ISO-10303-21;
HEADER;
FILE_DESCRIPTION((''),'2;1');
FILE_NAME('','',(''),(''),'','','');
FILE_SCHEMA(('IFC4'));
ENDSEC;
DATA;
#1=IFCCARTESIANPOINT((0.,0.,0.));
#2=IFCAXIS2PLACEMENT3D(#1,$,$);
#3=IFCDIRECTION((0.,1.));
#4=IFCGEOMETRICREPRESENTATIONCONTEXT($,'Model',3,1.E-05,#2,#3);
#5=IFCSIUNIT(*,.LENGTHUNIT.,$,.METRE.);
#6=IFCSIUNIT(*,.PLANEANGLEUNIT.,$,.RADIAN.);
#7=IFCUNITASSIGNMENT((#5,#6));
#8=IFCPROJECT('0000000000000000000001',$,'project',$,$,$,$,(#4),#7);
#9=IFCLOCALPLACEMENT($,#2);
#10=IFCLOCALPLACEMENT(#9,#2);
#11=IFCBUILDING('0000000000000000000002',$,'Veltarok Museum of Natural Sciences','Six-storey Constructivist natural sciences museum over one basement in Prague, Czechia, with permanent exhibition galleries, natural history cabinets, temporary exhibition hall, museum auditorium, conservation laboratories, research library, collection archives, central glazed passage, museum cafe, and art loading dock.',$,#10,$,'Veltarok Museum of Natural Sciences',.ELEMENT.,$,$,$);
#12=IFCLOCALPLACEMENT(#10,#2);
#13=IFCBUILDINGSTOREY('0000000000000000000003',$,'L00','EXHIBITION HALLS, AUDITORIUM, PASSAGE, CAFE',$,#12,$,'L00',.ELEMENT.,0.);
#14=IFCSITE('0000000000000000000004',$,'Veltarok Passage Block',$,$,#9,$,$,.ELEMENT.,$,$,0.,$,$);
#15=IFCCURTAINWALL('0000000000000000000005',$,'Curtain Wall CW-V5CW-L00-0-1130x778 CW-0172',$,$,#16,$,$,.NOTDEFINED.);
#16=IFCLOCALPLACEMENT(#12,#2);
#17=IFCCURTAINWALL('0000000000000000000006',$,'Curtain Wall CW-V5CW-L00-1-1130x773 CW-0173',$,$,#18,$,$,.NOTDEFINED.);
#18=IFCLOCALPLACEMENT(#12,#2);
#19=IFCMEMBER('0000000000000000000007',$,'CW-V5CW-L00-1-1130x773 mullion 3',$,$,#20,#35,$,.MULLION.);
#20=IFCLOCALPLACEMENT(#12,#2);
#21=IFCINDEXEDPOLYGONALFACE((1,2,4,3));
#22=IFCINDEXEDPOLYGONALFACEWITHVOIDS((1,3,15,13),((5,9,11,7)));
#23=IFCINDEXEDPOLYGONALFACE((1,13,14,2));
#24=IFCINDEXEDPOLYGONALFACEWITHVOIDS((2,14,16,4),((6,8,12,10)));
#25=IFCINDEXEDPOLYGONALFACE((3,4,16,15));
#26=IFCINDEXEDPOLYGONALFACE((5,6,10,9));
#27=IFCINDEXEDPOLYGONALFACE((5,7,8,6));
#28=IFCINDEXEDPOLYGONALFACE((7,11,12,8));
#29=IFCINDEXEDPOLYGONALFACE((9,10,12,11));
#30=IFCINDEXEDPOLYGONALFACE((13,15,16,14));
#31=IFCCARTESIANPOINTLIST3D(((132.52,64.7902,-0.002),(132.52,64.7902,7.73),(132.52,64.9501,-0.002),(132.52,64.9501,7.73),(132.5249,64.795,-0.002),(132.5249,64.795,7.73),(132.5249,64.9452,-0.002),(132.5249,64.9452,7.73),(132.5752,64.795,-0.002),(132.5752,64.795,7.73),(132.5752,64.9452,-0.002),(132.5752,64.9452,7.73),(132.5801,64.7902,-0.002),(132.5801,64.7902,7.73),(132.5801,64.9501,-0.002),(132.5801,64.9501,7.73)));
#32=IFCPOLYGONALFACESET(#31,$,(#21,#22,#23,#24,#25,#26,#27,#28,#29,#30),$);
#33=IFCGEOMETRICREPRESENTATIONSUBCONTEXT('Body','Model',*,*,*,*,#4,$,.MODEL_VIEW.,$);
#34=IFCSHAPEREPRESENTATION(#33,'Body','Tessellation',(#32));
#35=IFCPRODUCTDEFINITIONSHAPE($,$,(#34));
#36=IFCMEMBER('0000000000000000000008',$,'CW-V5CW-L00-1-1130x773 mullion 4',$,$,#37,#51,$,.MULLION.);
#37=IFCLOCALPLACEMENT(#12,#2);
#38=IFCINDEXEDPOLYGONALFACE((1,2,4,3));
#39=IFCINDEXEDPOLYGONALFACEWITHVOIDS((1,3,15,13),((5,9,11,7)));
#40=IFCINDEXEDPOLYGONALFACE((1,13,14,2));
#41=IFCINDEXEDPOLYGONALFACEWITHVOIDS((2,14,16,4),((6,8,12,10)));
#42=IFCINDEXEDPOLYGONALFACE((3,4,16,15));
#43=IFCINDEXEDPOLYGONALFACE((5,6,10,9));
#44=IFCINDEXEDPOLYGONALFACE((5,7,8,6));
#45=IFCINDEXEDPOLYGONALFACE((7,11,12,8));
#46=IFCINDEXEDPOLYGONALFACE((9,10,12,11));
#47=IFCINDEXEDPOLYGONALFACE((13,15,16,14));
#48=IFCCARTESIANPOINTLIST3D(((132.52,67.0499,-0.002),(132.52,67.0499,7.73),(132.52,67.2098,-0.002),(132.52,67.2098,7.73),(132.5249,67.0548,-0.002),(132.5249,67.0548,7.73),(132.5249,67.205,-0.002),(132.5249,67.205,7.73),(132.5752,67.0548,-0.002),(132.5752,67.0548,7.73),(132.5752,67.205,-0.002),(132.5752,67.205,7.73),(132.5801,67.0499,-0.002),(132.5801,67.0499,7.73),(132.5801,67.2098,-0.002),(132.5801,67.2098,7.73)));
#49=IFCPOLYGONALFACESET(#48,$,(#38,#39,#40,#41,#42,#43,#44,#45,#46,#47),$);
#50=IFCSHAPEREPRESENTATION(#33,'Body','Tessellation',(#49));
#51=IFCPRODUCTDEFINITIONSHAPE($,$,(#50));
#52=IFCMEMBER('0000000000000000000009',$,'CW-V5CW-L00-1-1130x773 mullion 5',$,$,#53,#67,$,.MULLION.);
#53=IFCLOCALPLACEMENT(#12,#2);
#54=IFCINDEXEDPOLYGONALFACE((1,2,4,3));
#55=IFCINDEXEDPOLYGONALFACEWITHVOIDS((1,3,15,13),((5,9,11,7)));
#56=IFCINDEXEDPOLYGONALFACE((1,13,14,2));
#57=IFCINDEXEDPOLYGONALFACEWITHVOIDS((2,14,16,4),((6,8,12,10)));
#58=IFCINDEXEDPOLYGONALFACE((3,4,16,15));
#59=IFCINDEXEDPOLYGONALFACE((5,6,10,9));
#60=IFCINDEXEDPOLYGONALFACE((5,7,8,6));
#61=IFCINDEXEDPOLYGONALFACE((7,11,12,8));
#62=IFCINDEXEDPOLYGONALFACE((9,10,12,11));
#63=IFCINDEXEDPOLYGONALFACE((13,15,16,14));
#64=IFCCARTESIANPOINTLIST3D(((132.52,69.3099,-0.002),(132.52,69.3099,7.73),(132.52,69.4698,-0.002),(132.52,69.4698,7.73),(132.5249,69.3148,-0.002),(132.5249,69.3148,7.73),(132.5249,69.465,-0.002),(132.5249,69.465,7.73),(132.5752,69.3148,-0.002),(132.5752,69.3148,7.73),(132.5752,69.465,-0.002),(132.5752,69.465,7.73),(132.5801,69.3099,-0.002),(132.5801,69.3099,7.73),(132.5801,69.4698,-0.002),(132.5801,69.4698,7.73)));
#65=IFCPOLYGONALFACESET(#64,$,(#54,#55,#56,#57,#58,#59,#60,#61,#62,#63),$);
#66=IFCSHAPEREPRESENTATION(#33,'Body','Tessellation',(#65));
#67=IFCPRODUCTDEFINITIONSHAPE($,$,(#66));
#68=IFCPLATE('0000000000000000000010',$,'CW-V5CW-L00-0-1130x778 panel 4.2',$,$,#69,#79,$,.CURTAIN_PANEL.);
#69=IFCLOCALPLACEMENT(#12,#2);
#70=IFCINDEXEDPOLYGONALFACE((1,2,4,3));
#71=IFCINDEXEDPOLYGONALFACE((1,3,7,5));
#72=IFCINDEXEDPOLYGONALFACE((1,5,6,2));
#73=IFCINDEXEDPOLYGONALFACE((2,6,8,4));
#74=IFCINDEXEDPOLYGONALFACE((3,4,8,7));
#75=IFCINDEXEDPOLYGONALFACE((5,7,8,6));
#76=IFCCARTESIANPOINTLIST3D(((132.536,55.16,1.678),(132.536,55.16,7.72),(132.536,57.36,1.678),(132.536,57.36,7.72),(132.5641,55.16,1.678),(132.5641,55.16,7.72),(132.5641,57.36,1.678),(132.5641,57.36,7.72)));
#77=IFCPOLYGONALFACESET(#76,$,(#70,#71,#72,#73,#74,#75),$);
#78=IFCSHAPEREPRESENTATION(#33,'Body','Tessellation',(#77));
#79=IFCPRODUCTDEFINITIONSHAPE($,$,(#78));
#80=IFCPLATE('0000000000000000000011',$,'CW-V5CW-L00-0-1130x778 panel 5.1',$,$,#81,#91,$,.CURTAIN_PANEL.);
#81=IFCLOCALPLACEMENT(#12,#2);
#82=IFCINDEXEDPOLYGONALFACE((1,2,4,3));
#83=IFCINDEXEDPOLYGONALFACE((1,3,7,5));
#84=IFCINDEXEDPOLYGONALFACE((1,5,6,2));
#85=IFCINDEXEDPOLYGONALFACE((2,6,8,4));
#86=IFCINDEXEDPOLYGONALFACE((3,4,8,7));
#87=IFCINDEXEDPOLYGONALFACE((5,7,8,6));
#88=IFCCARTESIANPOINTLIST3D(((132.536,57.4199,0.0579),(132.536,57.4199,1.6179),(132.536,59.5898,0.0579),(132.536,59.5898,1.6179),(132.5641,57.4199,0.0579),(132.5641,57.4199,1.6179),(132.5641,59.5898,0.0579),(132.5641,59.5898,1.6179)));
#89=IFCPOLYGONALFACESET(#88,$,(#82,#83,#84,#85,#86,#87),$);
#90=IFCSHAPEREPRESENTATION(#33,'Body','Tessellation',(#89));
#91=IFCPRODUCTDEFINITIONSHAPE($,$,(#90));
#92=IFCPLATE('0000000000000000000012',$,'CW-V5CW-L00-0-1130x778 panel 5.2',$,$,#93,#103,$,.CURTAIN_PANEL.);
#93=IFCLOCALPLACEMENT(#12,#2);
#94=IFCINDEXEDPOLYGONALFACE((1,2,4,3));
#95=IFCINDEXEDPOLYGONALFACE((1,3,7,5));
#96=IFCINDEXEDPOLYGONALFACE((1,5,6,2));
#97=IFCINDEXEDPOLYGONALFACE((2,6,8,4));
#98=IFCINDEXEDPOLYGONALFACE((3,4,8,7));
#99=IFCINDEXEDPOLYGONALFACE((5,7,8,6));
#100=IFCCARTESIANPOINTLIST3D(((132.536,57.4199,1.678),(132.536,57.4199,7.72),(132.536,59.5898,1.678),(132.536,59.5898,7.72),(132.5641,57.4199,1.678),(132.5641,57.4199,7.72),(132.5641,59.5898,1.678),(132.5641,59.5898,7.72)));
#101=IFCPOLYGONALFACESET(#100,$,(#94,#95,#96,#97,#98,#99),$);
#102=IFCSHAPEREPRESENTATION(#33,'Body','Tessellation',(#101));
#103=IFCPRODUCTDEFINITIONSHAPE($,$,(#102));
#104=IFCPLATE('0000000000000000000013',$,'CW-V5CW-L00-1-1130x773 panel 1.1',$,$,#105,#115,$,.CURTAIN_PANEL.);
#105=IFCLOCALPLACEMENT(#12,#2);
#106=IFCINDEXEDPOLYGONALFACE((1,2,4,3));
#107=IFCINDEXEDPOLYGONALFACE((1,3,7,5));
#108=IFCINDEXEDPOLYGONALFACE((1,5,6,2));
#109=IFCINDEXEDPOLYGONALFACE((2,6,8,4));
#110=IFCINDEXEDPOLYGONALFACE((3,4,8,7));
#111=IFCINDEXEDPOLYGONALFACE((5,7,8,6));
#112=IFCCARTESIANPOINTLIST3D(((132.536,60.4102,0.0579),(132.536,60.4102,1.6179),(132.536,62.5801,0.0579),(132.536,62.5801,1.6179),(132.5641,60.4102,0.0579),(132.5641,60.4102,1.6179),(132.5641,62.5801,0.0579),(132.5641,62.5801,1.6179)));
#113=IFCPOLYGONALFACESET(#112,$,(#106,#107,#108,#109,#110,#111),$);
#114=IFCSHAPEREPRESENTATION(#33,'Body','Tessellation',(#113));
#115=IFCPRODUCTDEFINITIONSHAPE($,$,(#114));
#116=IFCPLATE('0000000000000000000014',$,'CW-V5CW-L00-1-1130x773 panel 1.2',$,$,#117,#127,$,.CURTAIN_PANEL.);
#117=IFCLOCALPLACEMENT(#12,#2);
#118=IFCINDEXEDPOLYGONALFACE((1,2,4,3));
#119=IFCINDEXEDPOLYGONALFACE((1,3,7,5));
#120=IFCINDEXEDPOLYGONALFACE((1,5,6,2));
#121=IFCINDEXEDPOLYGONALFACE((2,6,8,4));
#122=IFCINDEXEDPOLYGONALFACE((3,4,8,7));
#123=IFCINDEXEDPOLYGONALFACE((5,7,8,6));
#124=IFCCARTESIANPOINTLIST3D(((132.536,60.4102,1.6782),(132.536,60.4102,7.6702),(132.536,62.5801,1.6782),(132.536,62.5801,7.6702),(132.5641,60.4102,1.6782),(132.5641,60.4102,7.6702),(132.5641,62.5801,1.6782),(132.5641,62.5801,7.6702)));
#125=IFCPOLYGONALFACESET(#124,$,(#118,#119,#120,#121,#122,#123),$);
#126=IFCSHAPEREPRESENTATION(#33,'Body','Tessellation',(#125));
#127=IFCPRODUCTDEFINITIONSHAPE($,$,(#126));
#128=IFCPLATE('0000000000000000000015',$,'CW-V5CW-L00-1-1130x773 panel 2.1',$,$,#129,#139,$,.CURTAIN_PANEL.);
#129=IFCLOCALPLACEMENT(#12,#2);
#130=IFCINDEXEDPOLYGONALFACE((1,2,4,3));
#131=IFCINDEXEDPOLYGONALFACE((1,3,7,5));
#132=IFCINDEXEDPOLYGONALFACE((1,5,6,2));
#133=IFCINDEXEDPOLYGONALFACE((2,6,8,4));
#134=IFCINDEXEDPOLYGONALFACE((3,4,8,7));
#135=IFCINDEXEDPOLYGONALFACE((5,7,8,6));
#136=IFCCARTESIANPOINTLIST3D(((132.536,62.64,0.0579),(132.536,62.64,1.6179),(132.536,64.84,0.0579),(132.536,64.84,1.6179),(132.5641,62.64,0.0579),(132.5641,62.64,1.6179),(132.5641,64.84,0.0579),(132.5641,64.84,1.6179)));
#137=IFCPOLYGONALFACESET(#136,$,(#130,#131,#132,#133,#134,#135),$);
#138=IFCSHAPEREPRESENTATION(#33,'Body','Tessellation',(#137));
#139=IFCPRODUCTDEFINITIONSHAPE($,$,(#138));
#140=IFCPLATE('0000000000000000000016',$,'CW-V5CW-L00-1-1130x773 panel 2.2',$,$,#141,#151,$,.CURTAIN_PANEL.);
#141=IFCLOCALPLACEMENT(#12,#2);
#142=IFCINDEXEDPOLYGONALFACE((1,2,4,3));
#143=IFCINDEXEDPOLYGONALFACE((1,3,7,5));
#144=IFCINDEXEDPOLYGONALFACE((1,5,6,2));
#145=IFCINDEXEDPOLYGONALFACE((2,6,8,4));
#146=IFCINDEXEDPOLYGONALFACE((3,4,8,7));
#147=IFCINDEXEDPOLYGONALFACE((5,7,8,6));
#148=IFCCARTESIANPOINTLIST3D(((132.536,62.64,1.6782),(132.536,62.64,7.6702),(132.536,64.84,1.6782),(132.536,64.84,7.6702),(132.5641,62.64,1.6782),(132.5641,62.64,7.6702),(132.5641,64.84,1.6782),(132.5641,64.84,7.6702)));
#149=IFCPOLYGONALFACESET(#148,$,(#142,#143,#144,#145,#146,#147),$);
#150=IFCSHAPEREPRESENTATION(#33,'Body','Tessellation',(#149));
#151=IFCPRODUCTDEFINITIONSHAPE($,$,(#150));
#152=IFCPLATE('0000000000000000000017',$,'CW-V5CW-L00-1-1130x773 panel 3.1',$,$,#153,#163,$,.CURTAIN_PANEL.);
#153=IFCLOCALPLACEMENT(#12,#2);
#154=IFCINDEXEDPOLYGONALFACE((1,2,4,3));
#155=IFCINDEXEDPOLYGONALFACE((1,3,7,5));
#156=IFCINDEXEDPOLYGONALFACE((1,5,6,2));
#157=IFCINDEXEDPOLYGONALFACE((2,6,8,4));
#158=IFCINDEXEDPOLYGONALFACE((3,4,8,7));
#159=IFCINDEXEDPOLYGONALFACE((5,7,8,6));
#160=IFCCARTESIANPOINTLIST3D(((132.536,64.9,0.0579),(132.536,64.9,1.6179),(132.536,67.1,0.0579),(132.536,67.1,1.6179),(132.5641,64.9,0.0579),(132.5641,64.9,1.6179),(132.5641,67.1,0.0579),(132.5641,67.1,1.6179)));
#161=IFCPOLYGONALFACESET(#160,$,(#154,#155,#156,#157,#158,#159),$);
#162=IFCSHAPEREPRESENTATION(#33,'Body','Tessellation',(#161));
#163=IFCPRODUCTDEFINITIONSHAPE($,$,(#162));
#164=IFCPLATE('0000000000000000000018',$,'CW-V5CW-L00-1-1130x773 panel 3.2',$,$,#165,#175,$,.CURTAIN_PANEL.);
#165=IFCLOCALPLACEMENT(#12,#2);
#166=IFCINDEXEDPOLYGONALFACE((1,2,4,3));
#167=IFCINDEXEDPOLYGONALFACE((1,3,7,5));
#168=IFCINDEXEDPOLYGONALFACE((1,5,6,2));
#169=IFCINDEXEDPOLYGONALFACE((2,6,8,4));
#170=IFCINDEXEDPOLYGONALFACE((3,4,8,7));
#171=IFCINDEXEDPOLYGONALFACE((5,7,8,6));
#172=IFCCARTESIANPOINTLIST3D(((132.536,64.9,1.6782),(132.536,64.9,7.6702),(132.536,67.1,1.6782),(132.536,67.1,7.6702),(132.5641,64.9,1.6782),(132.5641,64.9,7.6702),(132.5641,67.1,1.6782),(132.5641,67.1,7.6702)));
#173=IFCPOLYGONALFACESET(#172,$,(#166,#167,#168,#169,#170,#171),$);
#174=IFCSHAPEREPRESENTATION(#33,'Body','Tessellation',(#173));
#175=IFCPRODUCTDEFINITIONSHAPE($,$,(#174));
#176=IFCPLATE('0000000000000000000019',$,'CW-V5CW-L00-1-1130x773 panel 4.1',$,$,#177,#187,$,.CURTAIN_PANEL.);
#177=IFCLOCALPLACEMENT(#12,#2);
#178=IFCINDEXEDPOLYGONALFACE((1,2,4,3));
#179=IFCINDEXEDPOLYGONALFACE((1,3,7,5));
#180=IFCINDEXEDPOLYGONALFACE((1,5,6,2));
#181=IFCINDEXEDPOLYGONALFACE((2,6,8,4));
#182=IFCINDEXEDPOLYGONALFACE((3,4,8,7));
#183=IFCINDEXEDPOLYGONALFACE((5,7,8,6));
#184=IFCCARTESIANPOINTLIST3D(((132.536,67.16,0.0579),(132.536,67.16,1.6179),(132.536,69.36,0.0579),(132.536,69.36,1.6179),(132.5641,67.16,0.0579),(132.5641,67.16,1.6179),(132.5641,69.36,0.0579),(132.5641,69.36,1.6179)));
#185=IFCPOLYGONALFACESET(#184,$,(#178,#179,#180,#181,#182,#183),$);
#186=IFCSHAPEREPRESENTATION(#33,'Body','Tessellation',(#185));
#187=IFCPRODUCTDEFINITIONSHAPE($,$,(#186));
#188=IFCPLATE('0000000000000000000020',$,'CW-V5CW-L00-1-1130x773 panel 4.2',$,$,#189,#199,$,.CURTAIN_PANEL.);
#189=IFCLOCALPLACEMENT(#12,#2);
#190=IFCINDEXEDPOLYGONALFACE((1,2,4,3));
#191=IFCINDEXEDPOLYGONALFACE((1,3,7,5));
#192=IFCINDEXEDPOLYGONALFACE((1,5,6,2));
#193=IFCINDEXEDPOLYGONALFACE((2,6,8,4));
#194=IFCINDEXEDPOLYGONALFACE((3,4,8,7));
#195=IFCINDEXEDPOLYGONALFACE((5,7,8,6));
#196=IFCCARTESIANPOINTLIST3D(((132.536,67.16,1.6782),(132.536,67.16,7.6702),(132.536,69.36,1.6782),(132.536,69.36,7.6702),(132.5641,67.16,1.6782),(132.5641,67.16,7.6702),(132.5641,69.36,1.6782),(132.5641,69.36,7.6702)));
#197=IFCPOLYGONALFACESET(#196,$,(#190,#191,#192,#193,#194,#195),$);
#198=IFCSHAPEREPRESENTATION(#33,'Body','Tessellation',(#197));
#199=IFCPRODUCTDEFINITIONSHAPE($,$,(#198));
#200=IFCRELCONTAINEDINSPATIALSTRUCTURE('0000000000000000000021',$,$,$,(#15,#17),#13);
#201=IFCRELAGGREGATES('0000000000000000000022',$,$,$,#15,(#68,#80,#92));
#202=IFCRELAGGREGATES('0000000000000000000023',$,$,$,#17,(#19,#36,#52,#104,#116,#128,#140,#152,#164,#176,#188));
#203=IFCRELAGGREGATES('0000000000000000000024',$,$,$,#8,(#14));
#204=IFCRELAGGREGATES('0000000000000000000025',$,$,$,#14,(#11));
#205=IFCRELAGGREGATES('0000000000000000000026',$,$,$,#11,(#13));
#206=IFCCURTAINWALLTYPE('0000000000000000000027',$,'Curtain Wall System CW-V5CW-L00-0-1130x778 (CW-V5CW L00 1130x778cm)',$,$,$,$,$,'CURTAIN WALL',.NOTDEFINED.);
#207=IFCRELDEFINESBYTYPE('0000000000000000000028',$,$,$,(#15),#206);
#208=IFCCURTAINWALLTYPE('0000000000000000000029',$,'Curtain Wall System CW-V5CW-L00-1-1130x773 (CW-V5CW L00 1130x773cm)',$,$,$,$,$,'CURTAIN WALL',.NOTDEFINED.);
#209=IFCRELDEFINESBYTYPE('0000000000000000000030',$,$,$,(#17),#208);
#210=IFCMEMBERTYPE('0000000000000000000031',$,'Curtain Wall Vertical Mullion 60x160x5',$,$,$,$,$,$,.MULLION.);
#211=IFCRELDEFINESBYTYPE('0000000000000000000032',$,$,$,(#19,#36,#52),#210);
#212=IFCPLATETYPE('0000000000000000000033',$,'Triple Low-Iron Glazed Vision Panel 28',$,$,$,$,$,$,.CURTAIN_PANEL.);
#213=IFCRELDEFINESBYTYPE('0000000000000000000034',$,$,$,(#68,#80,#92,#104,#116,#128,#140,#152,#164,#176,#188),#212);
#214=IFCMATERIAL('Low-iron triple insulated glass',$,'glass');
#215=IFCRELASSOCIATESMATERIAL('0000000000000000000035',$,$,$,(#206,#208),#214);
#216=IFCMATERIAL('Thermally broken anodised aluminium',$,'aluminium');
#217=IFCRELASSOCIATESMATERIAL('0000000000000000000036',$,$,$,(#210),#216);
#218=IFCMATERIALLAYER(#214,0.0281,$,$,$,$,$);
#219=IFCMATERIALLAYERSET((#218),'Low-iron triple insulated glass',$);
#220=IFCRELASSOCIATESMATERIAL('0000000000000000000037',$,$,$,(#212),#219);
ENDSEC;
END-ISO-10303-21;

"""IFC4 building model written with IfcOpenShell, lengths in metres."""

from ifc_helpers import new_model, si_unit, direction, frame, origin, origin_2d, place, context, subcontext, project, spatial, rectangle, hollow_rectangle, extrude, material, layer, layer_set, material_profile, profile_set, type_object, element, aggregate, save


model = new_model("IFC4")

# Units and contexts
model_context = context("Model", 3, precision=1e-05, world=origin(), true_north=direction((0.0, 1.0)))
body_context = subcontext(model_context, "Body", "Model", "MODEL_VIEW")
ifc_project = project(units=[si_unit("LENGTHUNIT", "METRE"), si_unit("PLANEANGLEUNIT", "RADIAN")], contexts=[model_context])

# Site, building, storey
site_placement = place(None, origin())
site = spatial("IfcSite", under=ifc_project, at=site_placement, Name="Veltarok Passage Block", CompositionType="ELEMENT", RefElevation=0.0)
building_placement = place(site_placement, origin())
building = spatial("IfcBuilding", under=site, at=building_placement, Name="Veltarok Museum of Natural Sciences", Description="Six-storey Constructivist natural sciences museum over one basement in Prague, Czechia, with permanent exhibition galleries, natural history cabinets, temporary exhibition hall, museum auditorium, conservation laboratories, research library, collection archives, central glazed passage, museum cafe, and art loading dock.", LongName="Veltarok Museum of Natural Sciences", CompositionType="ELEMENT")
storey_placement = place(building_placement, origin())
storey = spatial("IfcBuildingStorey", under=building, at=storey_placement, Name="L00", Description="EXHIBITION HALLS, AUDITORIUM, PASSAGE, CAFE", LongName="L00", CompositionType="ELEMENT", Elevation=0.0)

# Curtain walls
ifc_material_1 = material(Name="Low-iron triple insulated glass", Category="glass")
curtain_wall_type_1 = type_object("IfcCurtainWallType", Name="Curtain Wall System CW-V5CW-L00-0-1130x778 (CW-V5CW L00 1130x778cm)", ElementType="CURTAIN WALL", PredefinedType="NOTDEFINED", material=ifc_material_1)
curtain_wall_1_placement = place(storey_placement, origin())
curtain_wall_1 = element("IfcCurtainWall", 1, at=curtain_wall_1_placement, inside=storey, type_object=curtain_wall_type_1, Name="Curtain Wall CW-V5CW-L00-0-1130x778 CW-0172", PredefinedType="NOTDEFINED")
ifc_material_2 = material(Name="Thermally broken anodised aluminium", Category="aluminium")
curtain_wall_type_2 = type_object("IfcCurtainWallType", Name="Curtain Wall System CW-V5CW-L00-1-1130x773 (CW-V5CW L00 1130x773cm)", ElementType="CURTAIN WALL", PredefinedType="NOTDEFINED", material=ifc_material_1)
curtain_wall_2_placement = place(storey_placement, origin())
curtain_wall_2 = element("IfcCurtainWall", 2, at=curtain_wall_2_placement, inside=storey, type_object=curtain_wall_type_2, Name="Curtain Wall CW-V5CW-L00-1-1130x773 CW-0173", PredefinedType="NOTDEFINED")

# Members
ifc_material_profile_1 = material_profile(ifc_material_2, hollow_rectangle(XDim=0.0601, YDim=0.1599, WallThickness=0.0049, at=origin_2d()), Name="CW MULLION 60x160x5")
ifc_profile_set_1 = profile_set([ifc_material_profile_1], Name="Thermally broken anodised aluminium")
member_type_1 = type_object("IfcMemberType", Name="Curtain Wall Vertical Mullion 60x160x5", PredefinedType="MULLION", material=ifc_profile_set_1)
member_1_placement = place(storey_placement, frame((132.55, 64.8701, -0.002), z_axis=(0.0, 0.0, 1.0), x_axis=(-1.0, 0.0, 0.0)))
member_1 = element("IfcMember", 3, at=member_1_placement, type_object=member_type_1, Name="CW-V5CW-L00-1-1130x773 mullion 3", PredefinedType="MULLION", context=body_context, shape_type="SweptSolid", body=[
    extrude(hollow_rectangle(XDim=0.0601, YDim=0.1599, WallThickness=0.0049, at=origin_2d()), origin(), (0.0, 0.0, 1.0), 7.7319),
])
member_2_placement = place(storey_placement, frame((132.55, 67.1299, -0.002), z_axis=(0.0, 0.0, 1.0), x_axis=(-1.0, 0.0, 0.0)))
member_2 = element("IfcMember", 4, at=member_2_placement, type_object=member_type_1, Name="CW-V5CW-L00-1-1130x773 mullion 4", PredefinedType="MULLION", context=body_context, shape_type="SweptSolid", body=[
    extrude(hollow_rectangle(XDim=0.0601, YDim=0.1599, WallThickness=0.0049, at=origin_2d()), origin(), (0.0, 0.0, 1.0), 7.7319),
])
member_3_placement = place(storey_placement, frame((132.55, 69.3899, -0.002), z_axis=(0.0, 0.0, 1.0), x_axis=(-1.0, 0.0, 0.0)))
member_3 = element("IfcMember", 5, at=member_3_placement, type_object=member_type_1, Name="CW-V5CW-L00-1-1130x773 mullion 5", PredefinedType="MULLION", context=body_context, shape_type="SweptSolid", body=[
    extrude(hollow_rectangle(XDim=0.0601, YDim=0.1599, WallThickness=0.0049, at=origin_2d()), origin(), (0.0, 0.0, 1.0), 7.7319),
])

# Plates
ifc_layer = layer(ifc_material_1, 0.0281)
ifc_layer_set = layer_set([ifc_layer], Name="Low-iron triple insulated glass")
plate_type = type_object("IfcPlateType", Name="Triple Low-Iron Glazed Vision Panel 28", PredefinedType="CURTAIN_PANEL", material=ifc_layer_set)
plate_1_placement = place(storey_placement, frame((132.55, 56.26, 1.678), z_axis=(0.0, 0.0, 1.0), x_axis=(0.0, 1.0, 0.0)))
plate_1 = element("IfcPlate", 6, at=plate_1_placement, type_object=plate_type, Name="CW-V5CW-L00-0-1130x778 panel 4.2", PredefinedType="CURTAIN_PANEL", context=body_context, shape_type="SweptSolid", body=[
    extrude(rectangle(XDim=2.2, YDim=0.0281, at=origin_2d()), origin(), (0.0, 0.0, 1.0), 6.042),
])
plate_2_placement = place(storey_placement, frame((132.55, 58.5049, 0.0579), z_axis=(0.0, 0.0, 1.0), x_axis=(0.0, 1.0, 0.0)))
plate_2 = element("IfcPlate", 7, at=plate_2_placement, type_object=plate_type, Name="CW-V5CW-L00-0-1130x778 panel 5.1", PredefinedType="CURTAIN_PANEL", context=body_context, shape_type="SweptSolid", body=[
    extrude(rectangle(XDim=2.1699, YDim=0.0281, at=origin_2d()), origin(), (0.0, 0.0, 1.0), 1.5601),
])
plate_3_placement = place(storey_placement, frame((132.55, 58.5049, 1.678), z_axis=(0.0, 0.0, 1.0), x_axis=(0.0, 1.0, 0.0)))
plate_3 = element("IfcPlate", 8, at=plate_3_placement, type_object=plate_type, Name="CW-V5CW-L00-0-1130x778 panel 5.2", PredefinedType="CURTAIN_PANEL", context=body_context, shape_type="SweptSolid", body=[
    extrude(rectangle(XDim=2.1699, YDim=0.0281, at=origin_2d()), origin(), (0.0, 0.0, 1.0), 6.042),
])
aggregate(curtain_wall_1, [plate_1, plate_2, plate_3])
plate_4_placement = place(storey_placement, frame((132.55, 61.4951, 0.0579), z_axis=(0.0, 0.0, 1.0), x_axis=(0.0, 1.0, 0.0)))
plate_4 = element("IfcPlate", 9, at=plate_4_placement, type_object=plate_type, Name="CW-V5CW-L00-1-1130x773 panel 1.1", PredefinedType="CURTAIN_PANEL", context=body_context, shape_type="SweptSolid", body=[
    extrude(rectangle(XDim=2.1699, YDim=0.0281, at=origin_2d()), origin(), (0.0, 0.0, 1.0), 1.5601),
])
plate_5_placement = place(storey_placement, frame((132.55, 61.4951, 1.6782), z_axis=(0.0, 0.0, 1.0), x_axis=(0.0, 1.0, 0.0)))
plate_5 = element("IfcPlate", 10, at=plate_5_placement, type_object=plate_type, Name="CW-V5CW-L00-1-1130x773 panel 1.2", PredefinedType="CURTAIN_PANEL", context=body_context, shape_type="SweptSolid", body=[
    extrude(rectangle(XDim=2.1699, YDim=0.0281, at=origin_2d()), origin(), (0.0, 0.0, 1.0), 5.9919),
])
plate_6_placement = place(storey_placement, frame((132.55, 63.74, 0.0579), z_axis=(0.0, 0.0, 1.0), x_axis=(0.0, 1.0, 0.0)))
plate_6 = element("IfcPlate", 11, at=plate_6_placement, type_object=plate_type, Name="CW-V5CW-L00-1-1130x773 panel 2.1", PredefinedType="CURTAIN_PANEL", context=body_context, shape_type="SweptSolid", body=[
    extrude(rectangle(XDim=2.2, YDim=0.0281, at=origin_2d()), origin(), (0.0, 0.0, 1.0), 1.5601),
])
plate_7_placement = place(storey_placement, frame((132.55, 63.74, 1.6782), z_axis=(0.0, 0.0, 1.0), x_axis=(0.0, 1.0, 0.0)))
plate_7 = element("IfcPlate", 12, at=plate_7_placement, type_object=plate_type, Name="CW-V5CW-L00-1-1130x773 panel 2.2", PredefinedType="CURTAIN_PANEL", context=body_context, shape_type="SweptSolid", body=[
    extrude(rectangle(XDim=2.2, YDim=0.0281, at=origin_2d()), origin(), (0.0, 0.0, 1.0), 5.9919),
])
plate_8_placement = place(storey_placement, frame((132.55, 66.0, 0.0579), z_axis=(0.0, 0.0, 1.0), x_axis=(0.0, 1.0, 0.0)))
plate_8 = element("IfcPlate", 13, at=plate_8_placement, type_object=plate_type, Name="CW-V5CW-L00-1-1130x773 panel 3.1", PredefinedType="CURTAIN_PANEL", context=body_context, shape_type="SweptSolid", body=[
    extrude(rectangle(XDim=2.2, YDim=0.0281, at=origin_2d()), origin(), (0.0, 0.0, 1.0), 1.5601),
])
plate_9_placement = place(storey_placement, frame((132.55, 66.0, 1.6782), z_axis=(0.0, 0.0, 1.0), x_axis=(0.0, 1.0, 0.0)))
plate_9 = element("IfcPlate", 14, at=plate_9_placement, type_object=plate_type, Name="CW-V5CW-L00-1-1130x773 panel 3.2", PredefinedType="CURTAIN_PANEL", context=body_context, shape_type="SweptSolid", body=[
    extrude(rectangle(XDim=2.2, YDim=0.0281, at=origin_2d()), origin(), (0.0, 0.0, 1.0), 5.9919),
])
plate_10_placement = place(storey_placement, frame((132.55, 68.26, 0.0579), z_axis=(0.0, 0.0, 1.0), x_axis=(0.0, 1.0, 0.0)))
plate_10 = element("IfcPlate", 15, at=plate_10_placement, type_object=plate_type, Name="CW-V5CW-L00-1-1130x773 panel 4.1", PredefinedType="CURTAIN_PANEL", context=body_context, shape_type="SweptSolid", body=[
    extrude(rectangle(XDim=2.2, YDim=0.0281, at=origin_2d()), origin(), (0.0, 0.0, 1.0), 1.5601),
])
plate_11_placement = place(storey_placement, frame((132.55, 68.26, 1.6782), z_axis=(0.0, 0.0, 1.0), x_axis=(0.0, 1.0, 0.0)))
plate_11 = element("IfcPlate", 16, at=plate_11_placement, type_object=plate_type, Name="CW-V5CW-L00-1-1130x773 panel 4.2", PredefinedType="CURTAIN_PANEL", context=body_context, shape_type="SweptSolid", body=[
    extrude(rectangle(XDim=2.2, YDim=0.0281, at=origin_2d()), origin(), (0.0, 0.0, 1.0), 5.9919),
])
aggregate(curtain_wall_2, [member_1, member_2, member_3, plate_4, plate_5, plate_6, plate_7, plate_8, plate_9, plate_10, plate_11])

save(model, "model.ifc")
